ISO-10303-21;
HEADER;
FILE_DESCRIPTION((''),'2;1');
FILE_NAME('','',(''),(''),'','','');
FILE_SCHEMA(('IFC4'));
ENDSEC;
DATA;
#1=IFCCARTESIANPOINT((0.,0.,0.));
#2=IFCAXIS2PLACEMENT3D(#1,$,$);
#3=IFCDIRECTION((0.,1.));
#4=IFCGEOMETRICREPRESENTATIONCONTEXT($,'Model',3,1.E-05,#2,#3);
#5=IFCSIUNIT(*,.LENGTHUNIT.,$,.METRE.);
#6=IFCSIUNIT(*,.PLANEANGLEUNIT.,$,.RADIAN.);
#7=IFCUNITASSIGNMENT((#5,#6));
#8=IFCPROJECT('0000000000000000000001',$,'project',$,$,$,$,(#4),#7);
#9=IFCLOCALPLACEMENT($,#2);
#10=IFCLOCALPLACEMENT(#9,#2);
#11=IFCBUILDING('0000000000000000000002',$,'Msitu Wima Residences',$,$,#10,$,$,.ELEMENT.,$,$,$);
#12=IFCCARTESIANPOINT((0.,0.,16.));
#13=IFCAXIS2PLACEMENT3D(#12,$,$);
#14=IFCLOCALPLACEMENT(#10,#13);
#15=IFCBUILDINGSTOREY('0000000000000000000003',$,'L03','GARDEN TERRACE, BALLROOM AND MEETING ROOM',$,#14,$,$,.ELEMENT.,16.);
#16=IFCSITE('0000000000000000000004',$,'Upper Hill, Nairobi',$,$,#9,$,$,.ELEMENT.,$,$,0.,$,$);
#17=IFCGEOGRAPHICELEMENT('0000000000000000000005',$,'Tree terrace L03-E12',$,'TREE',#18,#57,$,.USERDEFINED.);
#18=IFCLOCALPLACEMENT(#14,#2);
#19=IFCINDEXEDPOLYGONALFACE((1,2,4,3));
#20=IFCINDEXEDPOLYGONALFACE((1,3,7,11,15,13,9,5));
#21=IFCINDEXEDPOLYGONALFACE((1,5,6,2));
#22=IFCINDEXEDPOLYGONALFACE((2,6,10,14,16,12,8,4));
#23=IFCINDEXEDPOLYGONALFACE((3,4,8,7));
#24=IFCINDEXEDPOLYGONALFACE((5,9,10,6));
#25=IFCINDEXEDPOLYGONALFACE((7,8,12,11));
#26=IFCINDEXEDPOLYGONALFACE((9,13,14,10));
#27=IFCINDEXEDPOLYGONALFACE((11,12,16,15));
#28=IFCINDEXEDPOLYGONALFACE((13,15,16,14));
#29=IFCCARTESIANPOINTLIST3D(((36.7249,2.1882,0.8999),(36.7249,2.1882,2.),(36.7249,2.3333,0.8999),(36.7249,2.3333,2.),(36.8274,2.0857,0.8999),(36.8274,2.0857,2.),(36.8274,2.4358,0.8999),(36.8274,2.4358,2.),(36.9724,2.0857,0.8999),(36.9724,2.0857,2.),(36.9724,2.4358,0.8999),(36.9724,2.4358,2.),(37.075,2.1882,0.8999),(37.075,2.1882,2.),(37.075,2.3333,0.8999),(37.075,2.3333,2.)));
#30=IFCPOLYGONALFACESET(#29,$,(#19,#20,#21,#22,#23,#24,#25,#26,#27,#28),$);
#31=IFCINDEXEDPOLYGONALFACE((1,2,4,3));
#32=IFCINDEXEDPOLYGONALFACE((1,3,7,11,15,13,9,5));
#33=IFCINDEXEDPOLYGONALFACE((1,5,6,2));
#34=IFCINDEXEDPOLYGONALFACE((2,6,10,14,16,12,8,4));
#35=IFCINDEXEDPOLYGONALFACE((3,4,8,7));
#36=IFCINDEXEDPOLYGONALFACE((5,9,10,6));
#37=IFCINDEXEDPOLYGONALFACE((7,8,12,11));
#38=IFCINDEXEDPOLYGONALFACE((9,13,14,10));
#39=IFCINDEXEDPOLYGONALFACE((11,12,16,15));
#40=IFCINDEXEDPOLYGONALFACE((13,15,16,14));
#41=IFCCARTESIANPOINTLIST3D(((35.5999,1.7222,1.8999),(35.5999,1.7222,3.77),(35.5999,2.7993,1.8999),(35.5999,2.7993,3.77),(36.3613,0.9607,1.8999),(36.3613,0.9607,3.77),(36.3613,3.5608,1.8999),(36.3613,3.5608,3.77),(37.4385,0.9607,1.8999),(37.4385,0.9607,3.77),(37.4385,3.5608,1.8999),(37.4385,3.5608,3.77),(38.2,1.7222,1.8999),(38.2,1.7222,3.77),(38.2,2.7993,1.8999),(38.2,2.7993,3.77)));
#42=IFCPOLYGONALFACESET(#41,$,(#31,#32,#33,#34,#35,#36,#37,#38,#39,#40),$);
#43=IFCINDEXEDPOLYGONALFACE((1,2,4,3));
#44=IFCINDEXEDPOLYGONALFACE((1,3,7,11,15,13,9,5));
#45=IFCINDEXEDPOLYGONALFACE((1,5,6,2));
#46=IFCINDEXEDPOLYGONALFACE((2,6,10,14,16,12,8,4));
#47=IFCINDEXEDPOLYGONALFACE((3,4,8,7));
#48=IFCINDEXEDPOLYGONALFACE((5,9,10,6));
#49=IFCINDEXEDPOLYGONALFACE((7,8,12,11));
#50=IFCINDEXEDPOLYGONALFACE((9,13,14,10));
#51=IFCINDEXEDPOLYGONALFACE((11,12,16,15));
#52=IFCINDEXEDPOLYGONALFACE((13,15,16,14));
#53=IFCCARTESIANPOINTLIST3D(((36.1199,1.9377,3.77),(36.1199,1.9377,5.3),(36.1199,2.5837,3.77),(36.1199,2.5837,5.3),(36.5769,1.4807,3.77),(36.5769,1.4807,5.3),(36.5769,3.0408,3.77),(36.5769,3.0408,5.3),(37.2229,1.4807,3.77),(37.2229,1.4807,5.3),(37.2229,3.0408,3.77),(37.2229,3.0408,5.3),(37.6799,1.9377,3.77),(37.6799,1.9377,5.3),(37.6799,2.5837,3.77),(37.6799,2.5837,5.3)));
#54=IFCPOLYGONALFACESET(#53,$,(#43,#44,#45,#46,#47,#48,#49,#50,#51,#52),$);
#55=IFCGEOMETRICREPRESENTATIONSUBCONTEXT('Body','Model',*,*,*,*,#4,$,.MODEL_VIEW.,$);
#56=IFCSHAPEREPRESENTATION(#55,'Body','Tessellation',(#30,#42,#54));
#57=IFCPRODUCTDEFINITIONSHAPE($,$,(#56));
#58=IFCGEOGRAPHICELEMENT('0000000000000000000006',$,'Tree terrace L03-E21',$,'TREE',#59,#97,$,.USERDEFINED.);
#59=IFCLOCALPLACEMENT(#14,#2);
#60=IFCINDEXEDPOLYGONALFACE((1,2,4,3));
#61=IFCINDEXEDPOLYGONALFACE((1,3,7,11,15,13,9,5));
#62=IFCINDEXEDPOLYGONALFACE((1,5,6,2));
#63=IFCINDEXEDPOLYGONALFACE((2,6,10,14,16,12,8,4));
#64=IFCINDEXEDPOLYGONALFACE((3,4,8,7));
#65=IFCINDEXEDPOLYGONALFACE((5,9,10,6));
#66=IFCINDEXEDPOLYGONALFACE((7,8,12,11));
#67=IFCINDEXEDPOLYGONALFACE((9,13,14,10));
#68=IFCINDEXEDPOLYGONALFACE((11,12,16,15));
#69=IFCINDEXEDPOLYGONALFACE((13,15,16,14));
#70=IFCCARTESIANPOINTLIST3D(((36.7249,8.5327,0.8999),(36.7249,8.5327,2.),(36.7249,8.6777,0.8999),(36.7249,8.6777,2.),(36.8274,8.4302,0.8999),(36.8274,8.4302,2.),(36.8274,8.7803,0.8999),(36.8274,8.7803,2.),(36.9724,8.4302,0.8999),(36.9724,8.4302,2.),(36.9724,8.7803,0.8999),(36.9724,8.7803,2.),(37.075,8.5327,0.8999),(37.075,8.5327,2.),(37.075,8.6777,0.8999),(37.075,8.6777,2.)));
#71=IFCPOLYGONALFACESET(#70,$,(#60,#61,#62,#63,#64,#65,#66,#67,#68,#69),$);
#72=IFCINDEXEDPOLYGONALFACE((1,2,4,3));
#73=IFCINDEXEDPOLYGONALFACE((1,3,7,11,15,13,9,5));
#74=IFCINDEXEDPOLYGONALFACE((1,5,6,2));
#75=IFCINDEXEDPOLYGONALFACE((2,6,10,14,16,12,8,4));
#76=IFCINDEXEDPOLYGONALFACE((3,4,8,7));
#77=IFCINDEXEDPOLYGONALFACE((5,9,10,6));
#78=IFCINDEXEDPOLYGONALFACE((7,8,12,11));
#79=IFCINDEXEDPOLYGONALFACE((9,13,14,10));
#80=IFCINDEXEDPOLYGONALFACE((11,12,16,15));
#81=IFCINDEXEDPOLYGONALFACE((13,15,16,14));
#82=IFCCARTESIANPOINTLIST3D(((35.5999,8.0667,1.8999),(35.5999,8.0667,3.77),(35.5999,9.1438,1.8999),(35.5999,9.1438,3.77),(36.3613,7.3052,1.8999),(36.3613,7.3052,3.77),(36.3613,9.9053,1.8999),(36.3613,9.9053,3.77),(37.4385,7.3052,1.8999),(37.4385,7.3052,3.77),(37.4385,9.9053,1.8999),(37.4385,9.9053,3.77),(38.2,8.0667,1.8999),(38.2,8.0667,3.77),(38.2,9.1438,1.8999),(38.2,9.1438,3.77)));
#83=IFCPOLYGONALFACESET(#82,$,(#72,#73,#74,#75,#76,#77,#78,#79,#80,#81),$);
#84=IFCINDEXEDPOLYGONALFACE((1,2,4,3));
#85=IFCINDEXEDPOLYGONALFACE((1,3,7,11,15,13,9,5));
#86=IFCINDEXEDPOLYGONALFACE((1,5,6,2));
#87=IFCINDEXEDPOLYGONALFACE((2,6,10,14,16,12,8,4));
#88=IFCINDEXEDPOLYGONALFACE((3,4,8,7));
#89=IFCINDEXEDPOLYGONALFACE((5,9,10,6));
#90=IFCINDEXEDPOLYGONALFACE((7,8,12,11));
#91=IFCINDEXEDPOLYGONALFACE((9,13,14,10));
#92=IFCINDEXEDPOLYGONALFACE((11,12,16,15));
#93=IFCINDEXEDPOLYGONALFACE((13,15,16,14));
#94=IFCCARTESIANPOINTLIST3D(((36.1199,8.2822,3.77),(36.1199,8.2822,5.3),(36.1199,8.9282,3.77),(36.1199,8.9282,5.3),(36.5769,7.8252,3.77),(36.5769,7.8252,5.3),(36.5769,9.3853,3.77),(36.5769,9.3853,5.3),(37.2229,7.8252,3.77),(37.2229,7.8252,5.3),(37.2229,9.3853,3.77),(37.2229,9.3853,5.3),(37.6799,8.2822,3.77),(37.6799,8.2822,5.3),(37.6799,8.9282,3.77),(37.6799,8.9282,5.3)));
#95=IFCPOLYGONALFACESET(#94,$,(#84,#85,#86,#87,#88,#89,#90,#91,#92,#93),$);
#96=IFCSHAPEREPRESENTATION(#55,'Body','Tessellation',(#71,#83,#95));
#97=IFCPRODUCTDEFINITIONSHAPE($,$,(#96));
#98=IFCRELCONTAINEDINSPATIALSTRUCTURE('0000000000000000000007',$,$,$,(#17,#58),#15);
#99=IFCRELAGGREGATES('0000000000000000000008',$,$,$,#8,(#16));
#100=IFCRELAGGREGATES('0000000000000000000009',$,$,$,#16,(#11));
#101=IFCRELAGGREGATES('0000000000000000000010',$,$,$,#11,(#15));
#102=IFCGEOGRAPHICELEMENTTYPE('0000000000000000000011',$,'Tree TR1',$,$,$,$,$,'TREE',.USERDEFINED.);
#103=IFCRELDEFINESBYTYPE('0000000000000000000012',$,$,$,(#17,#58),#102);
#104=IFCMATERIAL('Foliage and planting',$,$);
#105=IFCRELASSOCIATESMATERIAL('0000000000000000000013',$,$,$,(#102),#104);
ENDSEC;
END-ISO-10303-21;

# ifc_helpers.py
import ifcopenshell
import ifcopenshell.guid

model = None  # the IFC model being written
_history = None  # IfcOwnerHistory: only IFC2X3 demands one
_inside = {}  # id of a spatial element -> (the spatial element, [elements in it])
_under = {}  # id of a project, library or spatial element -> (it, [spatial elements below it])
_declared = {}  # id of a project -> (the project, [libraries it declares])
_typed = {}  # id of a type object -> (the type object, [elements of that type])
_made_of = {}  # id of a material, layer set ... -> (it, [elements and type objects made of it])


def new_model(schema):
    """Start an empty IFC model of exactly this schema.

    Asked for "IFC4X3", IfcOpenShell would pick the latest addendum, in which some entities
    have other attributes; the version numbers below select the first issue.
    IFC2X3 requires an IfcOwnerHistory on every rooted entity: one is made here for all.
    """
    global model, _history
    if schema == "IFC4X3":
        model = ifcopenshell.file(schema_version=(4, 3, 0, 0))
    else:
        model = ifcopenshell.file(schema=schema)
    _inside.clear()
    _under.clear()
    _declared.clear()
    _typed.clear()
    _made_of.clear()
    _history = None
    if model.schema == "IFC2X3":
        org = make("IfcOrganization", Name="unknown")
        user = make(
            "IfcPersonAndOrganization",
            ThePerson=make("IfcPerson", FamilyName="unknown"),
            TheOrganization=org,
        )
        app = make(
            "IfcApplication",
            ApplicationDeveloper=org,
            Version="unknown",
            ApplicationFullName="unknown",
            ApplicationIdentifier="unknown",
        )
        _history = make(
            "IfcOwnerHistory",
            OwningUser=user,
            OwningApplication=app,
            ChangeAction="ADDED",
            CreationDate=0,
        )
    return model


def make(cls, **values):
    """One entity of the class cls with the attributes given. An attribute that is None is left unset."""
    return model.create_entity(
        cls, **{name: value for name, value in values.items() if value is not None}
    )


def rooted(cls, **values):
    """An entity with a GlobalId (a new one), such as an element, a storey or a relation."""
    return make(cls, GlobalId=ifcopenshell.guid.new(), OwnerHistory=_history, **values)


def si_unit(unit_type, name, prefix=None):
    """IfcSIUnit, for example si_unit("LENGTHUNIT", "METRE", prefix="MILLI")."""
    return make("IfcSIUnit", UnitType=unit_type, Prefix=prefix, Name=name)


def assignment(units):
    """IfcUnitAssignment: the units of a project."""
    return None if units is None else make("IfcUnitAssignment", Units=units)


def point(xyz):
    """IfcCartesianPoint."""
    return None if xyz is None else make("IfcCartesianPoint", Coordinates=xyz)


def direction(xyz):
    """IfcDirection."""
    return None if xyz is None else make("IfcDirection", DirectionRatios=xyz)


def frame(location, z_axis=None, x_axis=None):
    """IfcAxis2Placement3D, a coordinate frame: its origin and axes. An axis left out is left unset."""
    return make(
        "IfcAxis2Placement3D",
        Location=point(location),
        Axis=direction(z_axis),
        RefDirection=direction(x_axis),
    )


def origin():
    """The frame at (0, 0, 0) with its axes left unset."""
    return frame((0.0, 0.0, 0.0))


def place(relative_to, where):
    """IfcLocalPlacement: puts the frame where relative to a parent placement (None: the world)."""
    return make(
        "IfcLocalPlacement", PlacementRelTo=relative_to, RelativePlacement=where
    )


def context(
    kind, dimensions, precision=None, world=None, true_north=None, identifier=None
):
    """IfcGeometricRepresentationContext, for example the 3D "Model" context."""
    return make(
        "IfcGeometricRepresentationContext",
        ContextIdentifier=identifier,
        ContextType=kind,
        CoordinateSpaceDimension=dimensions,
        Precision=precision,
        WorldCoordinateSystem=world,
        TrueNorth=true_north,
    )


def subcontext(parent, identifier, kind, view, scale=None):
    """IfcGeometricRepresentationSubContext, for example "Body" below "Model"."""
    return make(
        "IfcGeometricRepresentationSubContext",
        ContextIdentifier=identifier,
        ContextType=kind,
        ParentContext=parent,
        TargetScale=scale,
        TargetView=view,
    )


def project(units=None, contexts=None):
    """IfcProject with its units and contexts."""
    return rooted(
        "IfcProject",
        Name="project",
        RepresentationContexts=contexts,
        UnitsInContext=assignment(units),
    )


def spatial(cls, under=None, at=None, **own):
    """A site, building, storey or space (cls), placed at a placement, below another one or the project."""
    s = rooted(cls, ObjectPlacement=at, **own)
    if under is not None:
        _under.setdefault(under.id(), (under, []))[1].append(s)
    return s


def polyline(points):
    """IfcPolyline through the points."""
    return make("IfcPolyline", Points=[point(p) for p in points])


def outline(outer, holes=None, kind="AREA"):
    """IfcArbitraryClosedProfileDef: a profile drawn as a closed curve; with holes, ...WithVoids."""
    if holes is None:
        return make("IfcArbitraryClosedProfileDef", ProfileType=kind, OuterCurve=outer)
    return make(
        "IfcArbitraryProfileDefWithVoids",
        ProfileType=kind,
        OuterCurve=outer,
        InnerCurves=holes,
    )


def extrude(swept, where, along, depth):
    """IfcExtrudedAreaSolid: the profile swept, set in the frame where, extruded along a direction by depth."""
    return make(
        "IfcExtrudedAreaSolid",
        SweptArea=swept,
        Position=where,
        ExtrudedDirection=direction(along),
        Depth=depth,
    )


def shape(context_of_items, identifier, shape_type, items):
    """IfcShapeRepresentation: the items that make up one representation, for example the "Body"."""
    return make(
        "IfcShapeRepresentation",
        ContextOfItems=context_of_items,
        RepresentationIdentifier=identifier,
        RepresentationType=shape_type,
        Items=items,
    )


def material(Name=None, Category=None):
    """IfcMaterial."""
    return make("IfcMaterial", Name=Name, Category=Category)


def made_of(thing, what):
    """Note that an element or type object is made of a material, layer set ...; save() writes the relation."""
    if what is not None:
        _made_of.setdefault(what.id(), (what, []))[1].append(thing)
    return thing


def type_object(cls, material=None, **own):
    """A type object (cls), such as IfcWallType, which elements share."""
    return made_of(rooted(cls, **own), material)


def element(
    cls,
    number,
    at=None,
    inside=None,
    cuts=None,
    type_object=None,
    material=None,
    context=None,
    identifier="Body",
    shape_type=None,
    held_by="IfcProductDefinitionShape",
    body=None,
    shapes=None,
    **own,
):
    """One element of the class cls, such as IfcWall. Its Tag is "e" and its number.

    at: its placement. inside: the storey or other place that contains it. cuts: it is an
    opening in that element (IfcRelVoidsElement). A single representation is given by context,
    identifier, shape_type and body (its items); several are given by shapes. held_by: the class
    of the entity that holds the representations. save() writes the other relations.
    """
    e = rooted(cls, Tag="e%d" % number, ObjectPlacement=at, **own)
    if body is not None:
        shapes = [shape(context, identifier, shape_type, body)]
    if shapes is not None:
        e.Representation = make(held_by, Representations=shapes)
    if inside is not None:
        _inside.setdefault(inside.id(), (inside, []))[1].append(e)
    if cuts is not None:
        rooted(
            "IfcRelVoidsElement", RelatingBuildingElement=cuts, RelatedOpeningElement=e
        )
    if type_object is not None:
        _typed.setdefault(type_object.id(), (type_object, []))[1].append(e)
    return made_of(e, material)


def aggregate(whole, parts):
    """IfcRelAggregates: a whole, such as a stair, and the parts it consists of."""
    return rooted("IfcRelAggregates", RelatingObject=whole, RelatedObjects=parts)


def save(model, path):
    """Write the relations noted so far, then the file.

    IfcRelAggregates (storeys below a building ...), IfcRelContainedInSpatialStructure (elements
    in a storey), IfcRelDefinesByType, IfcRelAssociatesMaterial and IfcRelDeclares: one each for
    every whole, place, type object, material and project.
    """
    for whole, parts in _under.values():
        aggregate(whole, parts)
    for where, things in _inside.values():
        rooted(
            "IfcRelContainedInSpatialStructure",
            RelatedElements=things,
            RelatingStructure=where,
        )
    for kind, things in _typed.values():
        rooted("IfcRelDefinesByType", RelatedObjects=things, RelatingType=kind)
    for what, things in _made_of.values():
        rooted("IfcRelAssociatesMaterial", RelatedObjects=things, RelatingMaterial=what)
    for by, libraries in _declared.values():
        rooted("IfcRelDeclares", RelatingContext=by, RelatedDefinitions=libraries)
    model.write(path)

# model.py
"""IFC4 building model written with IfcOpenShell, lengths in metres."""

from ifc_helpers import new_model, si_unit, direction, frame, origin, place, context, subcontext, project, spatial, polyline, outline, extrude, material, type_object, element, save


model = new_model("IFC4")

# Units and contexts
model_context = context("Model", 3, precision=1e-05, world=origin(), true_north=direction((0.0, 1.0)))
body_context = subcontext(model_context, "Body", "Model", "MODEL_VIEW")
ifc_project = project(units=[si_unit("LENGTHUNIT", "METRE"), si_unit("PLANEANGLEUNIT", "RADIAN")], contexts=[model_context])

# Site, building, storey
site_placement = place(None, origin())
site = spatial("IfcSite", under=ifc_project, at=site_placement, Name="Upper Hill, Nairobi", CompositionType="ELEMENT", RefElevation=0.0)
building_placement = place(site_placement, origin())
building = spatial("IfcBuilding", under=site, at=building_placement, Name="Msitu Wima Residences", CompositionType="ELEMENT")
storey_placement = place(building_placement, frame((0.0, 0.0, 16.0)))
storey = spatial("IfcBuildingStorey", under=building, at=storey_placement, Name="L03", Description="GARDEN TERRACE, BALLROOM AND MEETING ROOM", CompositionType="ELEMENT", Elevation=16.0)

# Geographic elements
ifc_material_1 = material(Name="Foliage and planting")
geographic_element_type = type_object("IfcGeographicElementType", Name="Tree TR1", ElementType="TREE", PredefinedType="USERDEFINED", material=ifc_material_1)
for number, where, z_axis, x_axis, name in (
    (1, (36.8999, 2.2607, 0.8999), (0.0, 0.0, 1.0), (1.0, 0.0, 0.0), "Tree terrace L03-E12"),
    (2, (36.8999, 8.6052, 0.8999), (0.0, 0.0, 1.0), (1.0, 0.0, 0.0), "Tree terrace L03-E21"),
):
    element("IfcGeographicElement", number, at=place(storey_placement, frame(where, z_axis=z_axis, x_axis=x_axis)), inside=storey, type_object=geographic_element_type, Name=name, ObjectType="TREE", PredefinedType="USERDEFINED", context=body_context, shape_type="SweptSolid", body=[
        extrude(outline(polyline([(0.175, 0.0725), (0.0725, 0.175), (-0.0725, 0.175), (-0.175, 0.0725), (-0.175, -0.0725), (-0.0725, -0.175), (0.0725, -0.175), (0.175, -0.0725), (0.175, 0.0725)])), origin(), (0.0, 0.0, 1.0), 1.1001),
        extrude(outline(polyline([(1.3, 0.5386), (0.5386, 1.3), (-0.5386, 1.3), (-1.3, 0.5386), (-1.3, -0.5386), (-0.5386, -1.3), (0.5386, -1.3), (1.3, -0.5386), (1.3, 0.5386)])), frame((0.0, 0.0, 1.0)), (0.0, 0.0, 1.0), 1.8701),
        extrude(outline(polyline([(0.78, 0.323), (0.323, 0.78), (-0.323, 0.78), (-0.78, 0.323), (-0.78, -0.323), (-0.323, -0.78), (0.323, -0.78), (0.78, -0.323), (0.78, 0.323)])), frame((0.0, 0.0, 2.8701)), (0.0, 0.0, 1.0), 1.53),
    ])

save(model, "model.ifc")
